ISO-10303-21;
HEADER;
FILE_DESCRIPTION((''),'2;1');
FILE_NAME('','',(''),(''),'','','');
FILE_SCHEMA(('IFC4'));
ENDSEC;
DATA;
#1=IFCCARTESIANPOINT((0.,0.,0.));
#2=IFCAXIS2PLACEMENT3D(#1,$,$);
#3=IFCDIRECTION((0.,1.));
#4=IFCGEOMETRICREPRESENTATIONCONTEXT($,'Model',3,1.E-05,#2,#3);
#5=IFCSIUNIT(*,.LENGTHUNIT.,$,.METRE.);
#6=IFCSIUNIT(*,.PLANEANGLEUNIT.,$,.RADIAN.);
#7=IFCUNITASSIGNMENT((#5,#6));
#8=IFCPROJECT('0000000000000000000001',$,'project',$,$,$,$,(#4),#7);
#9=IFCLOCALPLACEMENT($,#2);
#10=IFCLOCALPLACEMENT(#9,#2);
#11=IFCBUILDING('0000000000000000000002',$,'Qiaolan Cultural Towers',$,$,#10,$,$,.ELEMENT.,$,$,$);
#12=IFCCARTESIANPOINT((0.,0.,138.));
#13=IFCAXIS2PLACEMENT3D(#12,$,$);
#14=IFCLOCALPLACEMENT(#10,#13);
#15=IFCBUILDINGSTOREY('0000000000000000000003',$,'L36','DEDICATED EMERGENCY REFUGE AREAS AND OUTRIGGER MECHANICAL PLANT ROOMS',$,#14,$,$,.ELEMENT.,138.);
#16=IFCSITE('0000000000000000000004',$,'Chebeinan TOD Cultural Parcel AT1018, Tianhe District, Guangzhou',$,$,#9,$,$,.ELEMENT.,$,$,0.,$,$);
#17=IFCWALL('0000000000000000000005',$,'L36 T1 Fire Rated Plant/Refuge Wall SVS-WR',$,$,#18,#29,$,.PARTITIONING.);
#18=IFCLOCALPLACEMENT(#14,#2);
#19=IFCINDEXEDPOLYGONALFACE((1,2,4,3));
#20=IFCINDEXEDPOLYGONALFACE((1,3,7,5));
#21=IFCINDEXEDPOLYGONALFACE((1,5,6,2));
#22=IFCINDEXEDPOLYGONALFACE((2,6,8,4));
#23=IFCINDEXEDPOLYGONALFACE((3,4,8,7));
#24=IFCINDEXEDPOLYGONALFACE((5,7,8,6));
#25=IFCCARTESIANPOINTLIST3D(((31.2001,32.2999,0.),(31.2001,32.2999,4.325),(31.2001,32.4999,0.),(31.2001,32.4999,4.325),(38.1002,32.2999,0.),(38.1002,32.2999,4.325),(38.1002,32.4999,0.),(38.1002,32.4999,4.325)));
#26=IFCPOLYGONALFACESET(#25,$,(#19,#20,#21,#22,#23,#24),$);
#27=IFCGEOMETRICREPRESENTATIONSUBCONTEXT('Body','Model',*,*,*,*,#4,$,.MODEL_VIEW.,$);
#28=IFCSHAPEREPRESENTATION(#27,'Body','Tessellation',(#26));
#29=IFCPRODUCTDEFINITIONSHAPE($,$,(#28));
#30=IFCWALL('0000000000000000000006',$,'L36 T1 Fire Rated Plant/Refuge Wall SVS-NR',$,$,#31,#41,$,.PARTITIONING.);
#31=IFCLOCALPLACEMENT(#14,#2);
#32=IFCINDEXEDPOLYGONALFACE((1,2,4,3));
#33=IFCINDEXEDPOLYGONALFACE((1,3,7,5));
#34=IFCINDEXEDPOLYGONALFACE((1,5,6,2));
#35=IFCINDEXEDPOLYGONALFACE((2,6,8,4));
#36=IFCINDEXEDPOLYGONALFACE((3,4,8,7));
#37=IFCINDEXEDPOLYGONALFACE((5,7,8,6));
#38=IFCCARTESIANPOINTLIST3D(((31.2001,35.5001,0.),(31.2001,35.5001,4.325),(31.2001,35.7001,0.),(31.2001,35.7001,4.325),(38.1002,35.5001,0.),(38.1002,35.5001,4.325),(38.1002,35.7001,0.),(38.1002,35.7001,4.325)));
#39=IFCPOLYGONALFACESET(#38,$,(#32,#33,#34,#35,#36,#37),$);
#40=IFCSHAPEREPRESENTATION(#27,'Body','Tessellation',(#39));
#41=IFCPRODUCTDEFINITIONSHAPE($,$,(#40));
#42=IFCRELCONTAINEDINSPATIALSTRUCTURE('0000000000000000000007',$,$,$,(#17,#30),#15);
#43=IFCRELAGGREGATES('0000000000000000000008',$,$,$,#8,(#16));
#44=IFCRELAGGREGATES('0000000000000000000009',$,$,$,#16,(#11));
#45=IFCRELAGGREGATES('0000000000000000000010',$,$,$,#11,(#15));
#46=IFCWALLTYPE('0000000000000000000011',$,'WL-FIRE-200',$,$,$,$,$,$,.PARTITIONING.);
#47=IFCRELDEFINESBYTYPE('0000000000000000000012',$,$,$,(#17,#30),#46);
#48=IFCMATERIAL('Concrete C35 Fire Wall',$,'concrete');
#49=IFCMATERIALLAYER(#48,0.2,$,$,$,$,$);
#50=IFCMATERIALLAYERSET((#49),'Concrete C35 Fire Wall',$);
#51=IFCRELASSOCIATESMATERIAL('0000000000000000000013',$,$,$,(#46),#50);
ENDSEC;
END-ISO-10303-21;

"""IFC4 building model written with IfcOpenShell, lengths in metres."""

from ifc_helpers import new_model, si_unit, direction, frame, frame_2d, origin, place, context, subcontext, project, spatial, rectangle, extrude, material, layer, layer_set, type_object, element, save


model = new_model("IFC4")

# Units and contexts
model_context = context("Model", 3, precision=1e-05, world=origin(), true_north=direction((0.0, 1.0)))
body_context = subcontext(model_context, "Body", "Model", "MODEL_VIEW")
ifc_project = project(units=[si_unit("LENGTHUNIT", "METRE"), si_unit("PLANEANGLEUNIT", "RADIAN")], contexts=[model_context])

# Site, building, storey
site_placement = place(None, origin())
site = spatial("IfcSite", under=ifc_project, at=site_placement, Name="Chebeinan TOD Cultural Parcel AT1018, Tianhe District, Guangzhou", CompositionType="ELEMENT", RefElevation=0.0)
building_placement = place(site_placement, origin())
building = spatial("IfcBuilding", under=site, at=building_placement, Name="Qiaolan Cultural Towers", CompositionType="ELEMENT")
storey_placement = place(building_placement, frame((0.0, 0.0, 138.0)))
storey = spatial("IfcBuildingStorey", under=building, at=storey_placement, Name="L36", Description="DEDICATED EMERGENCY REFUGE AREAS AND OUTRIGGER MECHANICAL PLANT ROOMS", CompositionType="ELEMENT", Elevation=138.0)

# Shared definitions
ifc_material_1 = material(Name="Concrete C35 Fire Wall", Category="concrete")
ifc_layer_1 = layer(ifc_material_1, 0.2)
ifc_layer_set_1 = layer_set([ifc_layer_1], Name="Concrete C35 Fire Wall")
wall_type_1 = type_object("IfcWallType", Name="WL-FIRE-200", PredefinedType="PARTITIONING", material=ifc_layer_set_1)

# Walls
for number, where, z_axis, x_axis, name in (
    (1, (31.2, 32.3999, 0.0), (0.0, 0.0, 1.0), (1.0, 0.0, 0.0), "L36 T1 Fire Rated Plant/Refuge Wall SVS-WR"),
    (2, (31.2, 35.6001, 0.0), (0.0, 0.0, 1.0), (1.0, 0.0, 0.0), "L36 T1 Fire Rated Plant/Refuge Wall SVS-NR"),
):
    element("IfcWall", number, at=place(storey_placement, frame(where, z_axis=z_axis, x_axis=x_axis)), inside=storey, type_object=wall_type_1, Name=name, PredefinedType="PARTITIONING", context=body_context, shape_type="SweptSolid", body=[
        extrude(rectangle(XDim=6.9001, YDim=0.2, at=frame_2d((3.4502, 0.0))), origin(), (0.0, 0.0, 1.0), 4.325),
    ])

save(model, "model.ifc")
